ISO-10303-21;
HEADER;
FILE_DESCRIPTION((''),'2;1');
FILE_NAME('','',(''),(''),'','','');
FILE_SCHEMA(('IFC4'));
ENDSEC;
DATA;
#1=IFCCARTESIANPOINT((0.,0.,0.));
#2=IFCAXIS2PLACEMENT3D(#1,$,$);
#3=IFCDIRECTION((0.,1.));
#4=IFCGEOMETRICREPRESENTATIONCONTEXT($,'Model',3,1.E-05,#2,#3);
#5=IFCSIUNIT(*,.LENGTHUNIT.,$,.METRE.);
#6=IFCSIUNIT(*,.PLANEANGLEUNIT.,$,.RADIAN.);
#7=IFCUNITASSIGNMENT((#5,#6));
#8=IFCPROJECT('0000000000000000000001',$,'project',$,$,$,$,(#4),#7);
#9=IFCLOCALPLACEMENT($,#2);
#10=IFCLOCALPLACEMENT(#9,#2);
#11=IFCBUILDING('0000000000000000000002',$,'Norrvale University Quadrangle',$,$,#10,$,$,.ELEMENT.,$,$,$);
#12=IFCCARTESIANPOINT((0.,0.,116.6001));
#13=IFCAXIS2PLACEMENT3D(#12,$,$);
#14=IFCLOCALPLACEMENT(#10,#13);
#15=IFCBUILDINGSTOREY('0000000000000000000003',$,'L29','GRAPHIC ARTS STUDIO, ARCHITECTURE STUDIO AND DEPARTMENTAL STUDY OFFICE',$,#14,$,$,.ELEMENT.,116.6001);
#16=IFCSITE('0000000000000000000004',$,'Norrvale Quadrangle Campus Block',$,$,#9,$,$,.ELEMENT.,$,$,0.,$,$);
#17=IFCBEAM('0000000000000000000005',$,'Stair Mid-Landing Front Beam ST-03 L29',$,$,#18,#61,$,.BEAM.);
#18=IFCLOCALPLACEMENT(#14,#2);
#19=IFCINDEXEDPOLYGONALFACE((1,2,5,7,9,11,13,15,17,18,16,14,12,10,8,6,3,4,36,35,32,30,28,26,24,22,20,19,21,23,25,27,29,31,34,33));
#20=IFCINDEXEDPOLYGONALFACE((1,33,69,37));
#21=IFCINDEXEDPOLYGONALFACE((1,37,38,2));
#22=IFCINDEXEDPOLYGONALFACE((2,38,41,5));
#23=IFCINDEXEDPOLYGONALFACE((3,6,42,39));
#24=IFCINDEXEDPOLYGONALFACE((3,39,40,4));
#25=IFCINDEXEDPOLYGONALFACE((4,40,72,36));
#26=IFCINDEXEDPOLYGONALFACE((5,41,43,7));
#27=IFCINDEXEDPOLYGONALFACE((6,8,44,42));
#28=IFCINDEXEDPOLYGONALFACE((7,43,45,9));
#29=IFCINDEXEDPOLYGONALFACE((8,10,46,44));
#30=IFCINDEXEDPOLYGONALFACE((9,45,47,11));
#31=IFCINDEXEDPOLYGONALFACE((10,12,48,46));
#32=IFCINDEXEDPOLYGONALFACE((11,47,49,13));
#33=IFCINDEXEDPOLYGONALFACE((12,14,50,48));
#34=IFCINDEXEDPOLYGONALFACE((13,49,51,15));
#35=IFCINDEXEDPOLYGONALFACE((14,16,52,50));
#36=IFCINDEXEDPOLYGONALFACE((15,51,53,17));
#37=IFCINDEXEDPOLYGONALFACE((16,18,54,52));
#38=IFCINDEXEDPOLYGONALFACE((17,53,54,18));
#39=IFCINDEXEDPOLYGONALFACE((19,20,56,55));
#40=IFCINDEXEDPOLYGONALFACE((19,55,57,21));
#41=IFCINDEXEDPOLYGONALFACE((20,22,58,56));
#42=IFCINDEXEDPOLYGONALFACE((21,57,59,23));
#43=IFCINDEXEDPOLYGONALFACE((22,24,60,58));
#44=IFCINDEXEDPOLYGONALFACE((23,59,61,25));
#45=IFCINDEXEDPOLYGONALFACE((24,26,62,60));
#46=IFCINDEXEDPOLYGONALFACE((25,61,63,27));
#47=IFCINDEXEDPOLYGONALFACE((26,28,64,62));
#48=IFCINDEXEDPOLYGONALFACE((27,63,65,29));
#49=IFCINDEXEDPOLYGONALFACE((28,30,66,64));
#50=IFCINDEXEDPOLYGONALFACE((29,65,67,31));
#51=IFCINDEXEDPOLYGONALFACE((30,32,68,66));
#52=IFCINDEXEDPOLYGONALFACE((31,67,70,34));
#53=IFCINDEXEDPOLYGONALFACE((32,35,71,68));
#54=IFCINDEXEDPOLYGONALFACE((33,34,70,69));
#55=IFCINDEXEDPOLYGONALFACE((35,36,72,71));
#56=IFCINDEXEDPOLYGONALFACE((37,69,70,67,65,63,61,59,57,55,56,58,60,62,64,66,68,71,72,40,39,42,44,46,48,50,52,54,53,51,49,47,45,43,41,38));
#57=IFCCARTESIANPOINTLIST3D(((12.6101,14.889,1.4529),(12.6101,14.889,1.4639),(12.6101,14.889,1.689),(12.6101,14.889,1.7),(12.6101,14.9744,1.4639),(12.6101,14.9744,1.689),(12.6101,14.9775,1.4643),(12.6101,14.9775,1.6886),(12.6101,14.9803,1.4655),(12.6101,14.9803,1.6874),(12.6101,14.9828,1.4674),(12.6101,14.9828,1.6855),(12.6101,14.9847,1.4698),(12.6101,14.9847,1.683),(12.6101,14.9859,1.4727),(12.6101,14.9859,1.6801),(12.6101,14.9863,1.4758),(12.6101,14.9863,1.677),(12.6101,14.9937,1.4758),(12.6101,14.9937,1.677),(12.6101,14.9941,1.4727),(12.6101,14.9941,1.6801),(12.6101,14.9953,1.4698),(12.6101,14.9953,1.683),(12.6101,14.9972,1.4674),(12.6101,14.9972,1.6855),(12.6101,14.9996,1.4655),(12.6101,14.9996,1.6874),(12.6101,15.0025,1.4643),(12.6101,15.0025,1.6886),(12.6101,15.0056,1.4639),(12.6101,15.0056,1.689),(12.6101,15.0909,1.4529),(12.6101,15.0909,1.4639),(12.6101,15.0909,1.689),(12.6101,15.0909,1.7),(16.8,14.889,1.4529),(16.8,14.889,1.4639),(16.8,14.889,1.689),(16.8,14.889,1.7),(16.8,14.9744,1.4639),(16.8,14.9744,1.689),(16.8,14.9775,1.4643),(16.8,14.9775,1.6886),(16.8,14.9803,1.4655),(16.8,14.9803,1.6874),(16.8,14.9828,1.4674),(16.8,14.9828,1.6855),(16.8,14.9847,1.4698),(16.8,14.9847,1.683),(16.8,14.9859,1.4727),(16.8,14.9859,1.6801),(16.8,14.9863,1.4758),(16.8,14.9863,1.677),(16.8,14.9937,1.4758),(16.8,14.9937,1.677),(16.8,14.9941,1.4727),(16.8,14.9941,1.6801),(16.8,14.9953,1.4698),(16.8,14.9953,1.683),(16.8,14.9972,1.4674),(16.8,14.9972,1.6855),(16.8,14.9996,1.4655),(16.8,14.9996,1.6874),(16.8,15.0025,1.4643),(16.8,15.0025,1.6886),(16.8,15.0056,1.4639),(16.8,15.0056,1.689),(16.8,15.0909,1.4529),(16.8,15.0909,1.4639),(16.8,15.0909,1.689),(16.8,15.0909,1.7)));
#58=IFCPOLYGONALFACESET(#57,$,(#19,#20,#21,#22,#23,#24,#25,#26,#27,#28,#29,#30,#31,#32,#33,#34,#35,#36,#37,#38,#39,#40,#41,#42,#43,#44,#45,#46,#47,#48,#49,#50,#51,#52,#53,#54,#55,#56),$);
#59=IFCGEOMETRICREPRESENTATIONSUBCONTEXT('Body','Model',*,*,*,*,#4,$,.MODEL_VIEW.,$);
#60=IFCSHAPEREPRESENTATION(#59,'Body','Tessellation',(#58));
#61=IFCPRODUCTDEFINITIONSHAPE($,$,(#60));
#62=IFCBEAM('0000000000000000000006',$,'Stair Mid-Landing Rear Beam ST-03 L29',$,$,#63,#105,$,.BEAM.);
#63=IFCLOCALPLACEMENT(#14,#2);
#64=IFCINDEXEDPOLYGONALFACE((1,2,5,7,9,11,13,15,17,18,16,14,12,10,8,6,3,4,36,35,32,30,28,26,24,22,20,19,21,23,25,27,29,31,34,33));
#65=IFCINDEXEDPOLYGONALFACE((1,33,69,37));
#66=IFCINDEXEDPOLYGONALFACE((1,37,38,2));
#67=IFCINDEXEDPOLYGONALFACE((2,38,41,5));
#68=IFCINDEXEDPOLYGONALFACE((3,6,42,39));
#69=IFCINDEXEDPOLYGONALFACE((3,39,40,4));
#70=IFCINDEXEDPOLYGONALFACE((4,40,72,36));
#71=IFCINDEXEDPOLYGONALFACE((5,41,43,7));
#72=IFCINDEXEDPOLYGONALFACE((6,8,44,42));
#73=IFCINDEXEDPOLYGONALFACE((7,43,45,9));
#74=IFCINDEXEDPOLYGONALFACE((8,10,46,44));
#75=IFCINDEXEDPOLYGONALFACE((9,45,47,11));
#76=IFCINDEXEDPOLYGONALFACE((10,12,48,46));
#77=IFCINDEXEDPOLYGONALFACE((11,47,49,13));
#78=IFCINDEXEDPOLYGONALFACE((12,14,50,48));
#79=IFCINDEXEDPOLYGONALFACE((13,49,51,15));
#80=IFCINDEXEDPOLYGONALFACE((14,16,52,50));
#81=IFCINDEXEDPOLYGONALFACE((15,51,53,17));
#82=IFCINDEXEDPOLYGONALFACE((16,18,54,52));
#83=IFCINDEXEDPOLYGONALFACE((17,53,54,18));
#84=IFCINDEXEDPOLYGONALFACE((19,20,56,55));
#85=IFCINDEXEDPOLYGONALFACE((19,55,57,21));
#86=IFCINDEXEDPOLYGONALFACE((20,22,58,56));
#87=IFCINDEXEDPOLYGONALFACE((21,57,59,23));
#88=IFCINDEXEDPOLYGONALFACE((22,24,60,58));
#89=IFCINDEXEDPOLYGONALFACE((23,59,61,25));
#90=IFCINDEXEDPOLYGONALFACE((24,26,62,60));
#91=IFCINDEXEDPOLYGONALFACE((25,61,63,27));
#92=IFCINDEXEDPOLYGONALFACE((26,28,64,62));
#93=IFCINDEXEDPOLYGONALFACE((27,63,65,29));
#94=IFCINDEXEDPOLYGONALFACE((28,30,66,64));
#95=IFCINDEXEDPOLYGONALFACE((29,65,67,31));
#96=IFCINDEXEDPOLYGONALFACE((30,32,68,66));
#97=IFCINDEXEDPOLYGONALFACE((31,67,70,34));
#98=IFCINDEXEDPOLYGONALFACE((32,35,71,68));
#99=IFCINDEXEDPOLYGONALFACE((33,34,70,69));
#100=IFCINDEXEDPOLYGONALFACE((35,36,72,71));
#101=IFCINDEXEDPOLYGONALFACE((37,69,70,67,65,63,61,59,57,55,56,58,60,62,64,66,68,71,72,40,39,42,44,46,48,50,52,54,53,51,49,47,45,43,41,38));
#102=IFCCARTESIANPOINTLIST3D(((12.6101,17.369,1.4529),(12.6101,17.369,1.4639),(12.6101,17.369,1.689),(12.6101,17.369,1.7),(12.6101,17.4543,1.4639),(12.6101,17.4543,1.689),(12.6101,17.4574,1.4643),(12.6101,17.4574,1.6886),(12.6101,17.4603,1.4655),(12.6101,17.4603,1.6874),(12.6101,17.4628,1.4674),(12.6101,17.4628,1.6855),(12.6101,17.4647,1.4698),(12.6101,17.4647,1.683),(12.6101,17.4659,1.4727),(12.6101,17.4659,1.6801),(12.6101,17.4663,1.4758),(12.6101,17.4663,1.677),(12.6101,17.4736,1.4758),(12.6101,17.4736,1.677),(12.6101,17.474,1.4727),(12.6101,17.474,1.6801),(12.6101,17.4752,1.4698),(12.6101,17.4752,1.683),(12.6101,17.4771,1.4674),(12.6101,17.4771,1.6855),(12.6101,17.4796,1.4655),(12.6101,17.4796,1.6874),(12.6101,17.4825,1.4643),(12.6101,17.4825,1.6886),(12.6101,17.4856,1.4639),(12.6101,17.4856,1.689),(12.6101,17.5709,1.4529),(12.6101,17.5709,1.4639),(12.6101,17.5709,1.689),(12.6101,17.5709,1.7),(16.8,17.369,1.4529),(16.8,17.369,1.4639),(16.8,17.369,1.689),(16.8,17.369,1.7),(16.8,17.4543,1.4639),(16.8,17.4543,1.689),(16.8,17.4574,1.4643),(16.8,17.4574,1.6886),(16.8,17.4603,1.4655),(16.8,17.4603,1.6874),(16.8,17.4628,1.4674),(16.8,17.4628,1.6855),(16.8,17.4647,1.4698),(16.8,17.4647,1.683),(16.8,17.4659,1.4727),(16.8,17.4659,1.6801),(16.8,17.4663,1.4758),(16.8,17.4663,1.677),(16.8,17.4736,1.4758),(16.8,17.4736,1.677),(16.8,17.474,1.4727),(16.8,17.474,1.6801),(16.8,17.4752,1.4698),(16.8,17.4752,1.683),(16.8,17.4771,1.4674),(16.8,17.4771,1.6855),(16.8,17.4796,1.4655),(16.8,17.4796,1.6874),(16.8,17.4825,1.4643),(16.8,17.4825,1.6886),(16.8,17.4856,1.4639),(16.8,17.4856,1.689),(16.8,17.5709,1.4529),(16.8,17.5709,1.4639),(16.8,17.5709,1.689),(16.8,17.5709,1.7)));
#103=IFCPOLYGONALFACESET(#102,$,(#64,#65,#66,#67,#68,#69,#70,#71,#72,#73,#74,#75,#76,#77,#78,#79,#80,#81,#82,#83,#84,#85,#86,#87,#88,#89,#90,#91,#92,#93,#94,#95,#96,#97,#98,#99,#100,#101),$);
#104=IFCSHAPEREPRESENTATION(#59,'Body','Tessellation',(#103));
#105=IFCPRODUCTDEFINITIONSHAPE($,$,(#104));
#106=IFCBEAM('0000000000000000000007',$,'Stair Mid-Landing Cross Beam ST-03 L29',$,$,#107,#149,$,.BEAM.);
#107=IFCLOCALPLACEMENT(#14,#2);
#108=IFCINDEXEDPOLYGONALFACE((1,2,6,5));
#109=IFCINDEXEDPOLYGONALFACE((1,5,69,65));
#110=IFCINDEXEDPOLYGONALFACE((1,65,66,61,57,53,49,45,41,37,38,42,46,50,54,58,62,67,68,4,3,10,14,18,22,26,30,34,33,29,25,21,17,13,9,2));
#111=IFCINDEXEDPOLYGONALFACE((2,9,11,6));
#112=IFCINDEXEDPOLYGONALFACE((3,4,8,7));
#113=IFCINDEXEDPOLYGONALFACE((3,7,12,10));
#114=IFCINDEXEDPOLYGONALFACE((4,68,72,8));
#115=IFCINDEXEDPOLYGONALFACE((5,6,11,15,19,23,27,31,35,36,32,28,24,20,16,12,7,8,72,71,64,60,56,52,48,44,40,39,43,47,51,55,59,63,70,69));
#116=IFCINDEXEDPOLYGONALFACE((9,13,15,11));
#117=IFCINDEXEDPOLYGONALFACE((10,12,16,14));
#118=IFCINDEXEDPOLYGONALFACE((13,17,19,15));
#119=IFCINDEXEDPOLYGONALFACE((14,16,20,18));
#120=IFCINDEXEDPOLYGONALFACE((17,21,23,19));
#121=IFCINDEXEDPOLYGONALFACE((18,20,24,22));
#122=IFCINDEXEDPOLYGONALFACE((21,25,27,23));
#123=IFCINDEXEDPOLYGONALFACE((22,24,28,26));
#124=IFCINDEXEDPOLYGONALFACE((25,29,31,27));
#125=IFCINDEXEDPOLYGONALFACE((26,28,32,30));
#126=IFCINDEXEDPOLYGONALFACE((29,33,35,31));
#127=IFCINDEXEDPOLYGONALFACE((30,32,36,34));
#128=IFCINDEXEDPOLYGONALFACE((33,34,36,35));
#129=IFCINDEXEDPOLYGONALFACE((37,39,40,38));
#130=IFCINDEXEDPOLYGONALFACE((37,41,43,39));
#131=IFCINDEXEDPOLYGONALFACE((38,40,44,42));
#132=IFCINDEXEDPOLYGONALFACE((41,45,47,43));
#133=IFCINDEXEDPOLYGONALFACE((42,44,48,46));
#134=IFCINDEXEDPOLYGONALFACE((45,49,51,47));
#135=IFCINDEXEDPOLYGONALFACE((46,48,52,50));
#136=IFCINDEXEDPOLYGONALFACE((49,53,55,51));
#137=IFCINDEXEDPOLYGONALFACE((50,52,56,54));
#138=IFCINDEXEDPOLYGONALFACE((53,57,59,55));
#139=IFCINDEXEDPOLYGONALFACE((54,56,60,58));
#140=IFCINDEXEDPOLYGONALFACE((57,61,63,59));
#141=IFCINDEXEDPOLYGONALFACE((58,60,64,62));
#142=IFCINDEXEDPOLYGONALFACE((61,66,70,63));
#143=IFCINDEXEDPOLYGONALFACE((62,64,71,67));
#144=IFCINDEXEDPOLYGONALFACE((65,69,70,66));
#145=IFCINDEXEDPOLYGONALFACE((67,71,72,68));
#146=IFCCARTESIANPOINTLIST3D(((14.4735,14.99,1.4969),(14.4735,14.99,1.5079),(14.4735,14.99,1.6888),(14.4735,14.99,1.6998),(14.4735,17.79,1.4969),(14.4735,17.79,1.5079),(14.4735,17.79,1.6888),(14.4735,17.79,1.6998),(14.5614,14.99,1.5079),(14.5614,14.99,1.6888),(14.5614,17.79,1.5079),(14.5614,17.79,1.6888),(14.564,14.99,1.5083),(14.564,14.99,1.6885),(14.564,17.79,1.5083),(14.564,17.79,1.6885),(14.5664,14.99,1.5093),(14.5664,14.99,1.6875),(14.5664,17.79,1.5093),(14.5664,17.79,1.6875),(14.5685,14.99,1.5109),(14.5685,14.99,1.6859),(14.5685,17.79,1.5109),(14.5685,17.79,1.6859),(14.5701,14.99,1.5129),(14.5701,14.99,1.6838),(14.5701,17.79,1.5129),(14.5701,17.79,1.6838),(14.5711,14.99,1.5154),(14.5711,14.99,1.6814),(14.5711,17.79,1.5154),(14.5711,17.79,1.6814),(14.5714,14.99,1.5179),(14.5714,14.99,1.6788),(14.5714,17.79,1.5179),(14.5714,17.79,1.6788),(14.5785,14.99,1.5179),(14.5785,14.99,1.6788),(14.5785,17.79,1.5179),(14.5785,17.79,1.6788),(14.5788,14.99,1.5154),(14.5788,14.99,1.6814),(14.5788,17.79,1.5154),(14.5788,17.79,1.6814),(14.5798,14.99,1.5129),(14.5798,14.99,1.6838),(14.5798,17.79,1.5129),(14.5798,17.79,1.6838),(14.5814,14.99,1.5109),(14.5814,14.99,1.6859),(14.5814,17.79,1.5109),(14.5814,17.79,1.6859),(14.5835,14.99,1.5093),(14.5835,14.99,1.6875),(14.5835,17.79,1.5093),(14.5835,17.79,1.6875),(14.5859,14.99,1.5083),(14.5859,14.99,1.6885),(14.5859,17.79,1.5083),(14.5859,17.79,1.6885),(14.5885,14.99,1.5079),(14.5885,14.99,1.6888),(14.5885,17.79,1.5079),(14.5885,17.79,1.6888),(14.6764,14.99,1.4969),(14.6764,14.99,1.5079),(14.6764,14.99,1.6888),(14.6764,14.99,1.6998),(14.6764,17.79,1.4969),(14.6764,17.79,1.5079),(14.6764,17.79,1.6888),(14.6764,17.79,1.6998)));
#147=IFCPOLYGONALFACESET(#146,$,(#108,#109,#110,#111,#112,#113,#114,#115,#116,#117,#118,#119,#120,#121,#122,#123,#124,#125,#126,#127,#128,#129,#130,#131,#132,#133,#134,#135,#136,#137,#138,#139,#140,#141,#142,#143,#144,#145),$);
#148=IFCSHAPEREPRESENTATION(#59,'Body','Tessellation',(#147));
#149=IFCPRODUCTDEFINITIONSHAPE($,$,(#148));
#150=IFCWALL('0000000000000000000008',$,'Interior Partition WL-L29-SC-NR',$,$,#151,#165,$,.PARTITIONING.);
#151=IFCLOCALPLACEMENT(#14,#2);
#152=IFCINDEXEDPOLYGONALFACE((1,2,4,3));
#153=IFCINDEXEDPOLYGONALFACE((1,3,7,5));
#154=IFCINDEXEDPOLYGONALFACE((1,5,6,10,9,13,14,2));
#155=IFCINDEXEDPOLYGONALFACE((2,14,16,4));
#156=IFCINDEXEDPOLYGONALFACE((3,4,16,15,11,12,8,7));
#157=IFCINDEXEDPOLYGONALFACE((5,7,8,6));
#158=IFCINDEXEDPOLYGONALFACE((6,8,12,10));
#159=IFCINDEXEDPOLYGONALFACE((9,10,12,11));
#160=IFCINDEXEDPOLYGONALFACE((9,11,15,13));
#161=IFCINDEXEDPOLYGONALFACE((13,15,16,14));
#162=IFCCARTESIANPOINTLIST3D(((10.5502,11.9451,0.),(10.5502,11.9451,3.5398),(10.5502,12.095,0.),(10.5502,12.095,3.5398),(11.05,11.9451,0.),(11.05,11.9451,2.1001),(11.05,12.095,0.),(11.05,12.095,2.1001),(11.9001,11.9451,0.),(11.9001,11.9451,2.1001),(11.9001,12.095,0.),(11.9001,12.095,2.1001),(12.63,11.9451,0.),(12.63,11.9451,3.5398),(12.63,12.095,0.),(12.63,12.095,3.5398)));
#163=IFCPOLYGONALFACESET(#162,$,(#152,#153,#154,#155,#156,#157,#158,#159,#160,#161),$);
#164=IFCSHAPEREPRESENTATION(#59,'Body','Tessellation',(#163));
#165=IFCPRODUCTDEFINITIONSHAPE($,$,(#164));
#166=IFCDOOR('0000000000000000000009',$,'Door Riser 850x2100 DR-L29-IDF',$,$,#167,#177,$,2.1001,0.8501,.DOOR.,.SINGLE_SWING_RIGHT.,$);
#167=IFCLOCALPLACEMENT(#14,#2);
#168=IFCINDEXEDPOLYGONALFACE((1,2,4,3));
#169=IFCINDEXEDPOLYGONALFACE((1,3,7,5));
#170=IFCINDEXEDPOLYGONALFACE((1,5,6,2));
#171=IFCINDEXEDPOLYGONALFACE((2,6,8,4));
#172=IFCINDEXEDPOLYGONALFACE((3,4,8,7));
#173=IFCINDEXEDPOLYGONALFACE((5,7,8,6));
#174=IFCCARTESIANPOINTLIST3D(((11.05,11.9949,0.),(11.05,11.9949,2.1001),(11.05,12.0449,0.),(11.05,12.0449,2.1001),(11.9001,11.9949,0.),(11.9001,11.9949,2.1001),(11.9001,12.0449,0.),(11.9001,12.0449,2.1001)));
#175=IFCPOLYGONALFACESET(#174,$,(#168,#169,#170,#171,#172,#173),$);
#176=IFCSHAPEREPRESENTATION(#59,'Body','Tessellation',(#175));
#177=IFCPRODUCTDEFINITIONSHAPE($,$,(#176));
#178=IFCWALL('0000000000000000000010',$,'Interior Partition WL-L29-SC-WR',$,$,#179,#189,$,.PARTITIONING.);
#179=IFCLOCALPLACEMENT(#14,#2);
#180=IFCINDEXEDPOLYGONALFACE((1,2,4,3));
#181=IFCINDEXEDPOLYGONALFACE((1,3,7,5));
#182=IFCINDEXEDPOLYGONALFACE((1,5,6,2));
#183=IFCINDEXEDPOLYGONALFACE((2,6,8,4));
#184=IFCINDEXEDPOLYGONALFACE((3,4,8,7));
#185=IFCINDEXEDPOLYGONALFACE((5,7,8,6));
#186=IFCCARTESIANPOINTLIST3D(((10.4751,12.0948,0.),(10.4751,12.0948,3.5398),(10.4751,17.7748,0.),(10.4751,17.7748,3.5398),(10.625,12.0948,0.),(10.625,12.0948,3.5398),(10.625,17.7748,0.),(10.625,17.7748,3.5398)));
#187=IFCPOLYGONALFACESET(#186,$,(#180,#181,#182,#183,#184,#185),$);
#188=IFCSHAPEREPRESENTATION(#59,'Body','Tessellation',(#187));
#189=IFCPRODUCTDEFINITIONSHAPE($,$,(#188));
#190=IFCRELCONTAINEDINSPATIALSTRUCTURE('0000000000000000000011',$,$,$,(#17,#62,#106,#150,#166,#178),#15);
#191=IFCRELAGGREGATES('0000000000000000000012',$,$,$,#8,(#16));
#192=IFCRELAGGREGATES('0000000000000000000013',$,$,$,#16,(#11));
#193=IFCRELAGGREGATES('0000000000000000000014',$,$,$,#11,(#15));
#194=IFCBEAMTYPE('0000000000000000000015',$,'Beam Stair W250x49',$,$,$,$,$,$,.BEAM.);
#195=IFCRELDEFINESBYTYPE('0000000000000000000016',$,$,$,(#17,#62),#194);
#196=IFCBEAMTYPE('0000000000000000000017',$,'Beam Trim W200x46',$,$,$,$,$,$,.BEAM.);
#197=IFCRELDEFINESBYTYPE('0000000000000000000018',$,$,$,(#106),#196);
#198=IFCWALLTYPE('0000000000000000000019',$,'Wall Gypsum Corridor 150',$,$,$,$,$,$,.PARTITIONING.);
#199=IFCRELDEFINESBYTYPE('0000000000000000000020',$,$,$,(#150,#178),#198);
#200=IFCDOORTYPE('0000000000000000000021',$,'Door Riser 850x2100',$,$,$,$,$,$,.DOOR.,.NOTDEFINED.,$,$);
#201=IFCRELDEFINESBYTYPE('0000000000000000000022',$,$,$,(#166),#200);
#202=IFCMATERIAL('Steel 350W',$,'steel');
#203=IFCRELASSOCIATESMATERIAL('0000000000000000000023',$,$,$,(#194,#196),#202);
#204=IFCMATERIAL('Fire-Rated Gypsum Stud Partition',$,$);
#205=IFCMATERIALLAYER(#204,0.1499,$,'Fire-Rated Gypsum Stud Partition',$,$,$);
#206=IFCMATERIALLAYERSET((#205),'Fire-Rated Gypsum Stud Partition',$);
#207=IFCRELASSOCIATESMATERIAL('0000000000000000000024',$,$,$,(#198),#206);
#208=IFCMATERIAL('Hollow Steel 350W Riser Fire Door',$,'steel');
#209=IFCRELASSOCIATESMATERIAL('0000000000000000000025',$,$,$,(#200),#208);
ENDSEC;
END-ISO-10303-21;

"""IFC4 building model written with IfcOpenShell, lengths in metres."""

from ifc_helpers import new_model, si_unit, direction, frame, frame_2d, origin, origin_2d, place, context, subcontext, project, spatial, rectangle, i_section, extrude, material, layer, layer_set, material_profile, profile_set, type_object, element, fill, save


model = new_model("IFC4")

# Units and contexts
model_context = context("Model", 3, precision=1e-05, world=origin(), true_north=direction((0.0, 1.0)))
body_context = subcontext(model_context, "Body", "Model", "MODEL_VIEW")
ifc_project = project(units=[si_unit("LENGTHUNIT", "METRE"), si_unit("PLANEANGLEUNIT", "RADIAN")], contexts=[model_context])

# Site, building, storey
site_placement = place(None, origin())
site = spatial("IfcSite", under=ifc_project, at=site_placement, Name="Norrvale Quadrangle Campus Block", CompositionType="ELEMENT", RefElevation=0.0)
building_placement = place(site_placement, origin())
building = spatial("IfcBuilding", under=site, at=building_placement, Name="Norrvale University Quadrangle", CompositionType="ELEMENT")
storey_placement = place(building_placement, frame((0.0, 0.0, 116.6001)))
storey = spatial("IfcBuildingStorey", under=building, at=storey_placement, Name="L29", Description="GRAPHIC ARTS STUDIO, ARCHITECTURE STUDIO AND DEPARTMENTAL STUDY OFFICE", CompositionType="ELEMENT", Elevation=116.6001)

# Beams
ifc_material_1 = material(Name="Steel 350W", Category="steel")
ifc_material_profile_1 = material_profile(ifc_material_1, i_section(OverallWidth=0.2019, OverallDepth=0.2471, WebThickness=0.0073, FlangeThickness=0.011, FilletRadius=0.012, at=origin_2d()), Name="Steel 350W")
ifc_profile_set_1 = profile_set([ifc_material_profile_1], Name="Steel 350W")
beam_type_1 = type_object("IfcBeamType", Name="Beam Stair W250x49", PredefinedType="BEAM", material=ifc_profile_set_1)
for number, where, z_axis, x_axis, name in (
    (1, (12.6101, 14.99, 1.5764), (1.0, 0.0, 0.0), (0.0, 1.0, 0.0), "Stair Mid-Landing Front Beam ST-03 L29"),
    (2, (12.6101, 17.47, 1.5764), (1.0, 0.0, 0.0), (0.0, 1.0, 0.0), "Stair Mid-Landing Rear Beam ST-03 L29"),
):
    element("IfcBeam", number, at=place(storey_placement, frame(where, z_axis=z_axis, x_axis=x_axis)), inside=storey, type_object=beam_type_1, Name=name, PredefinedType="BEAM", context=body_context, shape_type="SweptSolid", body=[
        extrude(i_section(OverallWidth=0.2019, OverallDepth=0.2471, WebThickness=0.0073, FlangeThickness=0.011, FilletRadius=0.012, at=origin_2d()), origin(), (0.0, 0.0, 1.0), 4.1899),
    ])
ifc_material_profile_2 = material_profile(ifc_material_1, i_section(OverallWidth=0.2029, OverallDepth=0.2029, WebThickness=0.0071, FlangeThickness=0.011, FilletRadius=0.01, at=origin_2d()), Name="Steel 350W")
ifc_profile_set_2 = profile_set([ifc_material_profile_2], Name="Steel 350W")
beam_type_2 = type_object("IfcBeamType", Name="Beam Trim W200x46", PredefinedType="BEAM", material=ifc_profile_set_2)
beam_placement = place(storey_placement, frame((14.575, 14.99, 1.5984), z_axis=(0.0, 1.0, 0.0), x_axis=(-1.0, 0.0, 0.0)))
element("IfcBeam", 3, at=beam_placement, inside=storey, type_object=beam_type_2, Name="Stair Mid-Landing Cross Beam ST-03 L29", PredefinedType="BEAM", context=body_context, shape_type="SweptSolid", body=[
    extrude(i_section(OverallWidth=0.2029, OverallDepth=0.2029, WebThickness=0.0071, FlangeThickness=0.011, FilletRadius=0.01, at=origin_2d()), origin(), (0.0, 0.0, 1.0), 2.8),
])

# Wall, opening, door
ifc_material_2 = material(Name="Fire-Rated Gypsum Stud Partition")
ifc_layer_1 = layer(ifc_material_2, 0.1499, Name="Fire-Rated Gypsum Stud Partition")
ifc_layer_set_1 = layer_set([ifc_layer_1], Name="Fire-Rated Gypsum Stud Partition")
wall_type_1 = type_object("IfcWallType", Name="Wall Gypsum Corridor 150", PredefinedType="PARTITIONING", material=ifc_layer_set_1)
wall_1_placement = place(storey_placement, frame((10.55, 12.02, 0.0), z_axis=(0.0, 0.0, 1.0), x_axis=(1.0, 0.0, 0.0)))
wall_1 = element("IfcWall", 4, at=wall_1_placement, inside=storey, type_object=wall_type_1, Name="Interior Partition WL-L29-SC-NR", PredefinedType="PARTITIONING", context=body_context, shape_type="SweptSolid", body=[
    extrude(rectangle(XDim=2.0798, YDim=0.1499, at=frame_2d((1.04, 0.0))), origin(), (0.0, 0.0, 1.0), 3.5398),
])
opening_1_placement = place(wall_1_placement, frame((0.5, 0.0, 0.0)))
opening_1 = element("IfcOpeningElement", 5, at=opening_1_placement, cuts=wall_1, PredefinedType="OPENING", context=body_context, shape_type="SweptSolid", body=[
    extrude(rectangle(XDim=0.8501, YDim=2.1001, at=frame_2d((0.425, 1.05))), frame((0.0, 0.0869, 0.0), z_axis=(0.0, -1.0, 0.0), x_axis=(1.0, 0.0, 0.0)), (0.0, 0.0, 1.0), 0.1738),
])
ifc_material_3 = material(Name="Hollow Steel 350W Riser Fire Door", Category="steel")
door_type_1 = type_object("IfcDoorType", Name="Door Riser 850x2100", OperationType="NOTDEFINED", PredefinedType="DOOR", material=ifc_material_3)
door_1_placement = place(opening_1_placement, origin())
door_1 = element("IfcDoor", 6, at=door_1_placement, inside=storey, type_object=door_type_1, Name="Door Riser 850x2100 DR-L29-IDF", OperationType="SINGLE_SWING_RIGHT", OverallHeight=2.1001, OverallWidth=0.8501, PredefinedType="DOOR", context=body_context, shape_type="SweptSolid", body=[
    extrude(rectangle(XDim=0.8501, YDim=2.1001, at=frame_2d((0.425, 1.05))), frame((0.0, 0.0249, 0.0), z_axis=(0.0, -1.0, 0.0), x_axis=(1.0, 0.0, 0.0)), (0.0, 0.0, 1.0), 0.05),
])
fill(opening_1, door_1)

# Wall
wall_2_placement = place(storey_placement, frame((10.55, 12.095, 0.0), z_axis=(0.0, 0.0, 1.0), x_axis=(0.0, 1.0, 0.0)))
element("IfcWall", 7, at=wall_2_placement, inside=storey, type_object=wall_type_1, Name="Interior Partition WL-L29-SC-WR", PredefinedType="PARTITIONING", context=body_context, shape_type="SweptSolid", body=[
    extrude(rectangle(XDim=5.6799, YDim=0.1499, at=frame_2d((2.8398, 0.0))), origin(), (0.0, 0.0, 1.0), 3.5398),
])

save(model, "model.ifc")
